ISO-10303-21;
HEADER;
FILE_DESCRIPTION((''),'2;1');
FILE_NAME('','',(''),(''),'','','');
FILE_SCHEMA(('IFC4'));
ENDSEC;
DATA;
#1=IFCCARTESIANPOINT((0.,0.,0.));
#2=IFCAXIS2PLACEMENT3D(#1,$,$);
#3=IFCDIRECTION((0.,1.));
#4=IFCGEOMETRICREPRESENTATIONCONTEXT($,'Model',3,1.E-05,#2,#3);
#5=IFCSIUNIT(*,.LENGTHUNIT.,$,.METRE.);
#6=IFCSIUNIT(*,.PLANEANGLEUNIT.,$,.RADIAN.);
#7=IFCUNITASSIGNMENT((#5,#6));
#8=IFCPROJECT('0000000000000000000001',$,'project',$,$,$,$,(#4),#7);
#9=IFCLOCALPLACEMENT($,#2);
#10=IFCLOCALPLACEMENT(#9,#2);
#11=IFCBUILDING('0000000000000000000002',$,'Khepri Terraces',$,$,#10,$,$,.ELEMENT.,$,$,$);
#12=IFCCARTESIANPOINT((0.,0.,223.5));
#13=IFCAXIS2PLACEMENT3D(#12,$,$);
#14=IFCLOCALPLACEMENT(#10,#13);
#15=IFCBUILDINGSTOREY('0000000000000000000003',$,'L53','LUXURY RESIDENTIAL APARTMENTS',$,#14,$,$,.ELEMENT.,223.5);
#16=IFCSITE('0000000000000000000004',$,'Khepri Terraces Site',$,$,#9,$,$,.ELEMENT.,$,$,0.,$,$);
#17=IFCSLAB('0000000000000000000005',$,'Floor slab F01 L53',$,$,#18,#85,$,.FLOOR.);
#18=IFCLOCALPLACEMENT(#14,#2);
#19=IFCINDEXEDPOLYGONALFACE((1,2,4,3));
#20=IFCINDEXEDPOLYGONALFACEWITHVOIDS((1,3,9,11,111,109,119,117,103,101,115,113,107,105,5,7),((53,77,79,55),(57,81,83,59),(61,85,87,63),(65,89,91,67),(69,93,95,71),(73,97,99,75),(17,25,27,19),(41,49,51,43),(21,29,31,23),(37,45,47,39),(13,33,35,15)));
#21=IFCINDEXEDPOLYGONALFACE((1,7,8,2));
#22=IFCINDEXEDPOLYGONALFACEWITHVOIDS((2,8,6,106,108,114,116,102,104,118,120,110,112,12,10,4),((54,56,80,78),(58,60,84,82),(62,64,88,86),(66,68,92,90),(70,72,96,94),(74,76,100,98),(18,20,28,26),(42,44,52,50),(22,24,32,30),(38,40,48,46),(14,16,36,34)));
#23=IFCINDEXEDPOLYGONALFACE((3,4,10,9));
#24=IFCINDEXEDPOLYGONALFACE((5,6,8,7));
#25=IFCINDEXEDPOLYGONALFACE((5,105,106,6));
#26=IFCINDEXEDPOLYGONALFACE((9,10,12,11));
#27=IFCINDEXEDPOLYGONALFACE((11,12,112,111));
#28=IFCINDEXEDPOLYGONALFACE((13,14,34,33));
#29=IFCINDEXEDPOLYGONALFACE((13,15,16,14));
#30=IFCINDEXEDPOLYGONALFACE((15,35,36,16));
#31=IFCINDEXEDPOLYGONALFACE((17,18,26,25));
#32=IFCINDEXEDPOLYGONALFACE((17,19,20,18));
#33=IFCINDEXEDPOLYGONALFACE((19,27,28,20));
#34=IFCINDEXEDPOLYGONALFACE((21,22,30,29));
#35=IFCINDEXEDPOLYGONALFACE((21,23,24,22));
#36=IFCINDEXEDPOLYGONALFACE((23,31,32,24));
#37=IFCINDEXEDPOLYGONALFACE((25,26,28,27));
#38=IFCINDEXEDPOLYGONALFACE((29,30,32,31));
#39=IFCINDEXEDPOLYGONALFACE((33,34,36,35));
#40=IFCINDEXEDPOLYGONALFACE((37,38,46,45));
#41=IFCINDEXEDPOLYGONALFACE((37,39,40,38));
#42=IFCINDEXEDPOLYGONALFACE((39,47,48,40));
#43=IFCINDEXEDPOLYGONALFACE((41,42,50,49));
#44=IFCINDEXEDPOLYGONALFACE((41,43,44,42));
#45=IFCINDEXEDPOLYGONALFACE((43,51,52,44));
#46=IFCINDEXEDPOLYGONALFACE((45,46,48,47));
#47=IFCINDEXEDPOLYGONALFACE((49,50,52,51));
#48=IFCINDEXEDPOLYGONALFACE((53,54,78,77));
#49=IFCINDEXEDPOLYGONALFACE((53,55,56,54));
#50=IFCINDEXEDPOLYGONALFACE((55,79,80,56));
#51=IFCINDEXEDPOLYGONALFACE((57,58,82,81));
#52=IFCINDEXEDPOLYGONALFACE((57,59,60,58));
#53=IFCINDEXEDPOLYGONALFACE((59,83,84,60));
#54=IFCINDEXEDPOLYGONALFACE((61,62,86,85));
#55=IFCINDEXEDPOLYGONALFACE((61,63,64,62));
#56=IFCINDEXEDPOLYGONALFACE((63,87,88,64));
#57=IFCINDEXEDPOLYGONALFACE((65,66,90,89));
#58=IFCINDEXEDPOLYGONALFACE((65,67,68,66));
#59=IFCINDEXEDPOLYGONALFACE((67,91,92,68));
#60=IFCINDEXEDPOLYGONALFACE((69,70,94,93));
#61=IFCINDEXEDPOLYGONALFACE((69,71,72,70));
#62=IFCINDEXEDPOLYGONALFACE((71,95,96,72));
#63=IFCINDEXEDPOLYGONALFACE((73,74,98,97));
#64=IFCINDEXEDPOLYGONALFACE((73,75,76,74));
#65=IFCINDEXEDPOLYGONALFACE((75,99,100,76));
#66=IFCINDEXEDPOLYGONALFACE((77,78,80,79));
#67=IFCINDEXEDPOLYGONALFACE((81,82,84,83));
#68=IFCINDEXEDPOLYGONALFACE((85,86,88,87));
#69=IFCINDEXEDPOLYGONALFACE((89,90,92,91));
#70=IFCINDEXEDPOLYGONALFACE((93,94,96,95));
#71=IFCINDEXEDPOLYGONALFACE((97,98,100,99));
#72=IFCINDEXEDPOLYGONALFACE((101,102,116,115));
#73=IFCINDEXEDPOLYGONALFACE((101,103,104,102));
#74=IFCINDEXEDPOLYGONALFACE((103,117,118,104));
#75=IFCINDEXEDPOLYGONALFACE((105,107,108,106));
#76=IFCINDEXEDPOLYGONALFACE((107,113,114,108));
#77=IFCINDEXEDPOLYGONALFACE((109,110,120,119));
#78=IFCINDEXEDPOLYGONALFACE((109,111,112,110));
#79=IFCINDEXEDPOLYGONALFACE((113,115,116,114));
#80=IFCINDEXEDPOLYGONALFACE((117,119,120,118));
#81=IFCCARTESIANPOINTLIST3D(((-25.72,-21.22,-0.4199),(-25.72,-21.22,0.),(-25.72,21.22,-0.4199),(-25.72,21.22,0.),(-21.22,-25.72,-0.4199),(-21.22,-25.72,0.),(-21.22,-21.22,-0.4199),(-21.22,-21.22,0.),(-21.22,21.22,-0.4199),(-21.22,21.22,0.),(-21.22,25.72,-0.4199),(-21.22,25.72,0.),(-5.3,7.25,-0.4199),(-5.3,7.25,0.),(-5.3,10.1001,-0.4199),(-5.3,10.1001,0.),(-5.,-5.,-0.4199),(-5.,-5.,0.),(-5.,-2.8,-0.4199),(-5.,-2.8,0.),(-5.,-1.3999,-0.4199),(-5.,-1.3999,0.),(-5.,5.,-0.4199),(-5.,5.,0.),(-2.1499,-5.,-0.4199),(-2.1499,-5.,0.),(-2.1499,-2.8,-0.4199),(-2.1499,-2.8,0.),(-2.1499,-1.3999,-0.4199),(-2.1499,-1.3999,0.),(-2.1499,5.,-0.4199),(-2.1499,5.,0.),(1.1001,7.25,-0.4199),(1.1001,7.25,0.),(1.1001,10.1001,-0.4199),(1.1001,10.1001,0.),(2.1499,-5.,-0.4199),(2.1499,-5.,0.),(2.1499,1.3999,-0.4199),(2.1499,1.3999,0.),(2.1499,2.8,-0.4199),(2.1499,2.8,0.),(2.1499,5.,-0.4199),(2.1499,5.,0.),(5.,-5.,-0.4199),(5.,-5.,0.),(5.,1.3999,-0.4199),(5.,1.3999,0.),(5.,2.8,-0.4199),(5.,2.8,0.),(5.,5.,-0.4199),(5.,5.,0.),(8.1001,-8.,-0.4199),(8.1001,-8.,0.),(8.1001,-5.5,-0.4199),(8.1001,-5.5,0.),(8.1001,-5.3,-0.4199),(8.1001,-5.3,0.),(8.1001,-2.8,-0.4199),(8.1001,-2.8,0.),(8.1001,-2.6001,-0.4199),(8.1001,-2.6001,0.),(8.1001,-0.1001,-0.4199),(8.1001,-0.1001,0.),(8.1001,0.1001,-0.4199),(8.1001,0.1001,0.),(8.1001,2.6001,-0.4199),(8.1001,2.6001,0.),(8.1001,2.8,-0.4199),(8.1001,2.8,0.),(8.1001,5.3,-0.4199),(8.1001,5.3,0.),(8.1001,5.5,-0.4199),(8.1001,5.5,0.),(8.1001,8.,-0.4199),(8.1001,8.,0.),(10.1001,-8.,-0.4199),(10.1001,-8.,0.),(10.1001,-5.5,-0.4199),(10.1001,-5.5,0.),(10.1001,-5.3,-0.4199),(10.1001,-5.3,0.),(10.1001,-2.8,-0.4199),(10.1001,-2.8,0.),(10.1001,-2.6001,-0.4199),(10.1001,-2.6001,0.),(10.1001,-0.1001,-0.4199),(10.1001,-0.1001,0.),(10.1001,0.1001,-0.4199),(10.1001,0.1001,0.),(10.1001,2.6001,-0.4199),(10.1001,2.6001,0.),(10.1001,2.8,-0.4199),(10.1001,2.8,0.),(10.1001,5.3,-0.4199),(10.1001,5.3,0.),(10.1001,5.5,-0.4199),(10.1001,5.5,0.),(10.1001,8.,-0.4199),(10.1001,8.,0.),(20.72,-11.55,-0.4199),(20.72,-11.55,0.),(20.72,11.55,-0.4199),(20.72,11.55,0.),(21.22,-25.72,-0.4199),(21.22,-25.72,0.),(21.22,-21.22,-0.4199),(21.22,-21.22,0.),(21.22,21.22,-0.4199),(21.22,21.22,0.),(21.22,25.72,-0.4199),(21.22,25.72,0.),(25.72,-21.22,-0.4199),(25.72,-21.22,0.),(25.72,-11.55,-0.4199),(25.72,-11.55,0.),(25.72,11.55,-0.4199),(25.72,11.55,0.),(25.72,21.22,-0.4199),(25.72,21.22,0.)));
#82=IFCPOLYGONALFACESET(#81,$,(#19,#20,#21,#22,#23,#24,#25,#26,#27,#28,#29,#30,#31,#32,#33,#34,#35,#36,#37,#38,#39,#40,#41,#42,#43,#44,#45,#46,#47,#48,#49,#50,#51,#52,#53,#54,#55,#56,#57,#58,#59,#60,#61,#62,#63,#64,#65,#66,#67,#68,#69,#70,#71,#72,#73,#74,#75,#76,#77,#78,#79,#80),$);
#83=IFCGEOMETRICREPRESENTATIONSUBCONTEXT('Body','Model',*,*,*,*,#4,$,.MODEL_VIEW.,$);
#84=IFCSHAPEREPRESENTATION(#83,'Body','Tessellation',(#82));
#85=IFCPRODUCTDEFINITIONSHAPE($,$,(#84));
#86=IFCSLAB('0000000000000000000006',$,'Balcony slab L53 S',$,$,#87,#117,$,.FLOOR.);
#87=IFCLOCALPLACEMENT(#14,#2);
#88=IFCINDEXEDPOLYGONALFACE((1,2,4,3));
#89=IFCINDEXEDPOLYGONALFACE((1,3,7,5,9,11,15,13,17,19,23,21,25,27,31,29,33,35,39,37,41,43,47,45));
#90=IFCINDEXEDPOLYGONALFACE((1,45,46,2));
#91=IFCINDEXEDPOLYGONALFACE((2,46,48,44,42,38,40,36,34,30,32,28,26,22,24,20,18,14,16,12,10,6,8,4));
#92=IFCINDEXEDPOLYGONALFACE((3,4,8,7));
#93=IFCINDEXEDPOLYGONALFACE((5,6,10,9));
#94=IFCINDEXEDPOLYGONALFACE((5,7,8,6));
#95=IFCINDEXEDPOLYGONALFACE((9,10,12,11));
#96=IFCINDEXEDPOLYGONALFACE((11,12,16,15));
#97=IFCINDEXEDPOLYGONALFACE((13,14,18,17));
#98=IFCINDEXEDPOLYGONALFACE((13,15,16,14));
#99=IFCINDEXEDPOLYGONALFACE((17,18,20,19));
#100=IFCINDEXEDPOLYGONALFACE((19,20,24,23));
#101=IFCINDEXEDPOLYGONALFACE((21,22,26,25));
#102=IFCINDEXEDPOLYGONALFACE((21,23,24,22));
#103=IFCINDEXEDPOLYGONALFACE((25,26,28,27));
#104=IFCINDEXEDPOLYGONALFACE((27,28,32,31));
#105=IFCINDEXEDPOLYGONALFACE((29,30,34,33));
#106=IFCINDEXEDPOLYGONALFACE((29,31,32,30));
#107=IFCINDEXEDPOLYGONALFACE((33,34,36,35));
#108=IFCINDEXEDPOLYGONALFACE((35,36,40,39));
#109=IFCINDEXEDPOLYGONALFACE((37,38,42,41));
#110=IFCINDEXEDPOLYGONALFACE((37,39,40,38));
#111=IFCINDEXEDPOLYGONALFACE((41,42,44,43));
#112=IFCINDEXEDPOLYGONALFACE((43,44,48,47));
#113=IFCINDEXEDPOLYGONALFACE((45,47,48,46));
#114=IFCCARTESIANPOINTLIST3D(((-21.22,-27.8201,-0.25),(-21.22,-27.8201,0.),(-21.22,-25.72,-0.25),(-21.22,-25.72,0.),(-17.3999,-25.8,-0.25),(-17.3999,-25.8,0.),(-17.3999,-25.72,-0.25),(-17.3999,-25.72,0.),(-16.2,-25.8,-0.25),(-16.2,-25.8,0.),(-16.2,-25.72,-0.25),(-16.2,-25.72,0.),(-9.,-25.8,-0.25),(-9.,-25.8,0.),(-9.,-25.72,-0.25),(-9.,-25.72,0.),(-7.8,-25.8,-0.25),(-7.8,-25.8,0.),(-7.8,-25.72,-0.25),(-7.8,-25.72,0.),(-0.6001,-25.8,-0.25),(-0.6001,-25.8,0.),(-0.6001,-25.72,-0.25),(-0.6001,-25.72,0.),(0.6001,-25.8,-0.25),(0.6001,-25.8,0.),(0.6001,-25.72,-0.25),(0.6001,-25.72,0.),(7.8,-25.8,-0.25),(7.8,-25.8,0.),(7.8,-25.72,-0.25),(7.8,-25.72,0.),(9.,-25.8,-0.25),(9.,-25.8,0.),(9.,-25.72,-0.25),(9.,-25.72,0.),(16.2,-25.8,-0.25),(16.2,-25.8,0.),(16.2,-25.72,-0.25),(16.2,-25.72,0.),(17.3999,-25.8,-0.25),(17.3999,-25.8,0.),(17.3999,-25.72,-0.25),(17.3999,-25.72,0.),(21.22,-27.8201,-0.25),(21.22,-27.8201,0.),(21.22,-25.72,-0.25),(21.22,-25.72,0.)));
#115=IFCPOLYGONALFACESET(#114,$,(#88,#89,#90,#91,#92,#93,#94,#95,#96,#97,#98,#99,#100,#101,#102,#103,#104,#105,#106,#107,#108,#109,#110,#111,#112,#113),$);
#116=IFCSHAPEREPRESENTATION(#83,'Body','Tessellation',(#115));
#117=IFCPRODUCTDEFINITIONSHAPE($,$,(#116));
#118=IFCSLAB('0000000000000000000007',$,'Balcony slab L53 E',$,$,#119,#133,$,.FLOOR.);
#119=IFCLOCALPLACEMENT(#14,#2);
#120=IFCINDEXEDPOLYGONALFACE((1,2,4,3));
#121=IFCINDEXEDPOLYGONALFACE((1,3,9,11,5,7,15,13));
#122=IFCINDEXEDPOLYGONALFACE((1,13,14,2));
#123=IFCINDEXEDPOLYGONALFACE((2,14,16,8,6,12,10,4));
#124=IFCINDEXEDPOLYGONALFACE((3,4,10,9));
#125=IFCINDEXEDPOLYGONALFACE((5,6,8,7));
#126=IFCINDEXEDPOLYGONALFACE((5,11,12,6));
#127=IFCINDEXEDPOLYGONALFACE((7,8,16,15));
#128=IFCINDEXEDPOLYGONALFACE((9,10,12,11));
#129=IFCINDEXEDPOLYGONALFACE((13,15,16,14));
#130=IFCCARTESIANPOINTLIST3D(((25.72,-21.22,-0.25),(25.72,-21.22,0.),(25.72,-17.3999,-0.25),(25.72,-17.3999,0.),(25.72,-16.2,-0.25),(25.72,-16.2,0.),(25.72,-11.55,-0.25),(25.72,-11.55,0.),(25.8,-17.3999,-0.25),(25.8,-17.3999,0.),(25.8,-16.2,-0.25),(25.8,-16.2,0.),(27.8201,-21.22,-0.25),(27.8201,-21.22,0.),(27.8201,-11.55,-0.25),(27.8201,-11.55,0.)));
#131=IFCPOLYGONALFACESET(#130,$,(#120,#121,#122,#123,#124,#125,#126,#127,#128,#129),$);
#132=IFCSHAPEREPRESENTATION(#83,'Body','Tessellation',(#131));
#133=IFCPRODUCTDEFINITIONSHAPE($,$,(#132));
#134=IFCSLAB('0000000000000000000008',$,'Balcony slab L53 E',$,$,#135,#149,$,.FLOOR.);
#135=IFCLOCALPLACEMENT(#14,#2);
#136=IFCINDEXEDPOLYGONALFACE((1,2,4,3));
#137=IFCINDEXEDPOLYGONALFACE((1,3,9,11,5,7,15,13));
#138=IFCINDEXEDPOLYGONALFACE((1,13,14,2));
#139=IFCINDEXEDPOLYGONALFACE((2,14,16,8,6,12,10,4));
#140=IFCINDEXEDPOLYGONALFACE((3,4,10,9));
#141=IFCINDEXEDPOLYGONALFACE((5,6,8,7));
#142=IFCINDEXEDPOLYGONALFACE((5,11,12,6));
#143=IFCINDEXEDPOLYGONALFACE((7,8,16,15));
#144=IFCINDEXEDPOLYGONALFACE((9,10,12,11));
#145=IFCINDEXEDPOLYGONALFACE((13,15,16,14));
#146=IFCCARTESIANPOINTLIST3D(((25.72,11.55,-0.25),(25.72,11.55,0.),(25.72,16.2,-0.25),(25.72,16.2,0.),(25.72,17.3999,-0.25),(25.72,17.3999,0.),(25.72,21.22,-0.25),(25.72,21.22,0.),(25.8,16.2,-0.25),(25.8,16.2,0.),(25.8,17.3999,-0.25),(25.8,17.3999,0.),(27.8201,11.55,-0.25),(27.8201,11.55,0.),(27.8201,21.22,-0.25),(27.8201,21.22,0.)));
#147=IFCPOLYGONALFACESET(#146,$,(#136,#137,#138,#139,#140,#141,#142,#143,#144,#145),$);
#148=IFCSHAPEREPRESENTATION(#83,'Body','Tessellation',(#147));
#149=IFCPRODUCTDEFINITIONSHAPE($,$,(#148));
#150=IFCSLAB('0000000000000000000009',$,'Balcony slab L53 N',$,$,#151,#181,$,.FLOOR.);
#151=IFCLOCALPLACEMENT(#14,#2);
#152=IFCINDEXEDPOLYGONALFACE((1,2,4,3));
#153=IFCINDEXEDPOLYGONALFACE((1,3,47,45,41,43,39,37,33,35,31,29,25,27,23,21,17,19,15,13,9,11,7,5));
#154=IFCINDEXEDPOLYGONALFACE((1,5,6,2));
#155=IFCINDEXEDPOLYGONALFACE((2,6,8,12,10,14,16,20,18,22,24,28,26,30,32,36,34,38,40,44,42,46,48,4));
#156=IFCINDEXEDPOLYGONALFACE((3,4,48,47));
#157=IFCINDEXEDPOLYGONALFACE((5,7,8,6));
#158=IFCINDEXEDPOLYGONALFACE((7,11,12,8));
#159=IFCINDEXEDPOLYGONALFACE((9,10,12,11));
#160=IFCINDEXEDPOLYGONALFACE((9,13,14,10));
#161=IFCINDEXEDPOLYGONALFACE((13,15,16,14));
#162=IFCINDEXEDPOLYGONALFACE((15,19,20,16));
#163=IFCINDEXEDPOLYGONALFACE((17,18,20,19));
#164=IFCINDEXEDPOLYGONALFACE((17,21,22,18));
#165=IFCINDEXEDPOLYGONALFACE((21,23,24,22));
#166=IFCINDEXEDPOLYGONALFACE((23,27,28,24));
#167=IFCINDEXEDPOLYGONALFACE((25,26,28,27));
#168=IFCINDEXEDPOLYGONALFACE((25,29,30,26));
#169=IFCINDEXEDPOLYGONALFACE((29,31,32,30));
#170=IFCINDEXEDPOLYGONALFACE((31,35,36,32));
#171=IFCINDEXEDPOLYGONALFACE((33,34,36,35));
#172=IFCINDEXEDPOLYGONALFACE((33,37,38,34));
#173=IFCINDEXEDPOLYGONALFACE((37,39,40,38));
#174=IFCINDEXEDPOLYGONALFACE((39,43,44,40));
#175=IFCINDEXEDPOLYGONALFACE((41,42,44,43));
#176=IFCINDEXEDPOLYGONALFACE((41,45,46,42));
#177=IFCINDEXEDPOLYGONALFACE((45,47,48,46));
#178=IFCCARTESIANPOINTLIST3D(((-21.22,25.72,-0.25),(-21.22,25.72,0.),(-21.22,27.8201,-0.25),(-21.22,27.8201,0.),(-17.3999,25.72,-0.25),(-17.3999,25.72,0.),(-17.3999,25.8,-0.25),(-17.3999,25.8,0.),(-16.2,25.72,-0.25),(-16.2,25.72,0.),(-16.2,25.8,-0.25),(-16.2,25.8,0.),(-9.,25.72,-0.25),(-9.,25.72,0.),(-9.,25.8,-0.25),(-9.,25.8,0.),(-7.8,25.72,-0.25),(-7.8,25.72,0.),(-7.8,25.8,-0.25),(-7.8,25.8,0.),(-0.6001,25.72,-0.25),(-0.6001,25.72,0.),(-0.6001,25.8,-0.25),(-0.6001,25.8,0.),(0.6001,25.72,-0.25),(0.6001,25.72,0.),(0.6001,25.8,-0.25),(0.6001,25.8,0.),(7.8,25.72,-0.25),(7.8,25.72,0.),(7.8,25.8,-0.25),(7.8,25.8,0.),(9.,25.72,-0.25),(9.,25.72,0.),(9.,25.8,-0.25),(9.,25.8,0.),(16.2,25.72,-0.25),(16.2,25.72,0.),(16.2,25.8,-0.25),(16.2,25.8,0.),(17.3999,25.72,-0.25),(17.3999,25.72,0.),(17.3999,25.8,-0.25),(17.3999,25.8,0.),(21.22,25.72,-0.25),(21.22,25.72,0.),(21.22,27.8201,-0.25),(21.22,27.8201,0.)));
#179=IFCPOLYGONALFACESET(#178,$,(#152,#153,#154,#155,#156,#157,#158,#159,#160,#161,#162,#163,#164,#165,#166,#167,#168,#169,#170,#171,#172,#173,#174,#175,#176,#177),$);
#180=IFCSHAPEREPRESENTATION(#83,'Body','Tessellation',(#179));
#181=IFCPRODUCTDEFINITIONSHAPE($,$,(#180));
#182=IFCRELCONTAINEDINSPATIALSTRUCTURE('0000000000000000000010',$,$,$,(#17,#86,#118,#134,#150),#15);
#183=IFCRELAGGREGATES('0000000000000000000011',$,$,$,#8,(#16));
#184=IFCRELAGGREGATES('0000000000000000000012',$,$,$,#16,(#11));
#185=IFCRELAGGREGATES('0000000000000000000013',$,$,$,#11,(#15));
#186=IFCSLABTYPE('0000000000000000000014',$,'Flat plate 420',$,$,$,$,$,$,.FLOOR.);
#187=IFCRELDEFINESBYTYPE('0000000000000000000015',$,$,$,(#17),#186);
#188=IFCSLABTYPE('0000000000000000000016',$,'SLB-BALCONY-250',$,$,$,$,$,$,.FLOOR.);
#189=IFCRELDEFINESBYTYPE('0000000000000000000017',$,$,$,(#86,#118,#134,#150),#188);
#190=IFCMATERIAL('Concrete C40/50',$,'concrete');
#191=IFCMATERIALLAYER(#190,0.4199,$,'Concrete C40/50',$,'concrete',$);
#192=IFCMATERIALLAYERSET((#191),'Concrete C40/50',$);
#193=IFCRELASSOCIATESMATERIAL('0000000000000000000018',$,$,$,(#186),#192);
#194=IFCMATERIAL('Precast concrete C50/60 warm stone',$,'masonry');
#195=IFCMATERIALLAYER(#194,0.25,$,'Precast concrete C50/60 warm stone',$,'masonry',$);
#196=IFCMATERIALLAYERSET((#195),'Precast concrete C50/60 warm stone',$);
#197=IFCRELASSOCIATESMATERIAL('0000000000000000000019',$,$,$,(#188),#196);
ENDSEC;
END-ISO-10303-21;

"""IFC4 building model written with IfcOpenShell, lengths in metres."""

from ifc_helpers import new_model, si_unit, direction, frame, origin, place, context, subcontext, project, spatial, polyline, outline, extrude, material, layer, layer_set, type_object, element, save


model = new_model("IFC4")

# Units and contexts
model_context = context("Model", 3, precision=1e-05, world=origin(), true_north=direction((0.0, 1.0)))
body_context = subcontext(model_context, "Body", "Model", "MODEL_VIEW")
ifc_project = project(units=[si_unit("LENGTHUNIT", "METRE"), si_unit("PLANEANGLEUNIT", "RADIAN")], contexts=[model_context])

# Site, building, storey
site_placement = place(None, origin())
site = spatial("IfcSite", under=ifc_project, at=site_placement, Name="Khepri Terraces Site", CompositionType="ELEMENT", RefElevation=0.0)
building_placement = place(site_placement, origin())
building = spatial("IfcBuilding", under=site, at=building_placement, Name="Khepri Terraces", CompositionType="ELEMENT")
storey_placement = place(building_placement, frame((0.0, 0.0, 223.5)))
storey = spatial("IfcBuildingStorey", under=building, at=storey_placement, Name="L53", Description="LUXURY RESIDENTIAL APARTMENTS", CompositionType="ELEMENT", Elevation=223.5)

# Slabs
ifc_material_1 = material(Name="Concrete C40/50", Category="concrete")
ifc_layer_1 = layer(ifc_material_1, 0.4199, Name="Concrete C40/50", Category="concrete")
ifc_layer_set_1 = layer_set([ifc_layer_1], Name="Concrete C40/50")
slab_type_1 = type_object("IfcSlabType", Name="Flat plate 420", PredefinedType="FLOOR", material=ifc_layer_set_1)
slab_1_placement = place(storey_placement, frame((0.0, 0.0, -0.4199)))
element("IfcSlab", 1, at=slab_1_placement, inside=storey, type_object=slab_type_1, Name="Floor slab F01 L53", PredefinedType="FLOOR", context=body_context, shape_type="SweptSolid", body=[
    extrude(outline(polyline([(25.72, 11.55), (20.72, 11.55), (20.72, -11.55), (25.72, -11.55), (25.72, -21.22), (21.22, -21.22), (21.22, -25.72), (-21.22, -25.72), (-21.22, -21.22), (-25.72, -21.22), (-25.72, 21.22), (-21.22, 21.22), (-21.22, 25.72), (21.22, 25.72), (21.22, 21.22), (25.72, 21.22), (25.72, 11.55)]), holes=[polyline([(2.1499, 2.8), (5.0, 2.8), (5.0, 5.0), (2.1499, 5.0), (2.1499, 2.8)]), polyline([(-5.0, -2.8), (-5.0, -5.0), (-2.1499, -5.0), (-2.1499, -2.8), (-5.0, -2.8)]), polyline([(10.1001, -5.5), (8.1001, -5.5), (8.1001, -8.0), (10.1001, -8.0), (10.1001, -5.5)]), polyline([(10.1001, -5.3), (10.1001, -2.8), (8.1001, -2.8), (8.1001, -5.3), (10.1001, -5.3)]), polyline([(8.1001, -2.6001), (10.1001, -2.6001), (10.1001, -0.1001), (8.1001, -0.1001), (8.1001, -2.6001)]), polyline([(8.1001, 2.6001), (8.1001, 0.1001), (10.1001, 0.1001), (10.1001, 2.6001), (8.1001, 2.6001)]), polyline([(10.1001, 5.3), (8.1001, 5.3), (8.1001, 2.8), (10.1001, 2.8), (10.1001, 5.3)]), polyline([(10.1001, 5.5), (10.1001, 8.0), (8.1001, 8.0), (8.1001, 5.5), (10.1001, 5.5)]), polyline([(-5.0, -1.3999), (-2.1499, -1.3999), (-2.1499, 5.0), (-5.0, 5.0), (-5.0, -1.3999)]), polyline([(5.0, -5.0), (5.0, 1.3999), (2.1499, 1.3999), (2.1499, -5.0), (5.0, -5.0)]), polyline([(-5.3, 10.1001), (-5.3, 7.25), (1.1001, 7.25), (1.1001, 10.1001), (-5.3, 10.1001)])]), origin(), (0.0, 0.0, 1.0), 0.4199),
])
ifc_material_2 = material(Name="Precast concrete C50/60 warm stone", Category="masonry")
ifc_layer_2 = layer(ifc_material_2, 0.25, Name="Precast concrete C50/60 warm stone", Category="masonry")
ifc_layer_set_2 = layer_set([ifc_layer_2], Name="Precast concrete C50/60 warm stone")
slab_type_2 = type_object("IfcSlabType", Name="SLB-BALCONY-250", PredefinedType="FLOOR", material=ifc_layer_set_2)
slab_2_placement = place(storey_placement, frame((0.0, 0.0, -0.25)))
element("IfcSlab", 2, at=slab_2_placement, inside=storey, type_object=slab_type_2, Name="Balcony slab L53 S", PredefinedType="FLOOR", context=body_context, shape_type="SweptSolid", body=[
    extrude(outline(polyline([(-17.3999, -25.72), (-21.22, -25.72), (-21.22, -27.8201), (21.22, -27.8201), (21.22, -25.72), (17.3999, -25.72), (17.3999, -25.8), (16.2, -25.8), (16.2, -25.72), (9.0, -25.72), (9.0, -25.8), (7.8, -25.8), (7.8, -25.72), (0.6001, -25.72), (0.6001, -25.8), (-0.6001, -25.8), (-0.6001, -25.72), (-7.8, -25.72), (-7.8, -25.8), (-9.0, -25.8), (-9.0, -25.72), (-16.2, -25.72), (-16.2, -25.8), (-17.3999, -25.8), (-17.3999, -25.72)])), origin(), (0.0, 0.0, 1.0), 0.25),
])
slab_3_placement = place(storey_placement, frame((0.0, 0.0, -0.25)))
element("IfcSlab", 3, at=slab_3_placement, inside=storey, type_object=slab_type_2, Name="Balcony slab L53 E", PredefinedType="FLOOR", context=body_context, shape_type="SweptSolid", body=[
    extrude(outline(polyline([(25.72, -17.3999), (25.72, -21.22), (27.8201, -21.22), (27.8201, -11.55), (25.72, -11.55), (25.72, -16.2), (25.8, -16.2), (25.8, -17.3999), (25.72, -17.3999)])), origin(), (0.0, 0.0, 1.0), 0.25),
])
slab_4_placement = place(storey_placement, frame((0.0, 0.0, -0.25)))
element("IfcSlab", 4, at=slab_4_placement, inside=storey, type_object=slab_type_2, Name="Balcony slab L53 E", PredefinedType="FLOOR", context=body_context, shape_type="SweptSolid", body=[
    extrude(outline(polyline([(25.72, 16.2), (25.72, 11.55), (27.8201, 11.55), (27.8201, 21.22), (25.72, 21.22), (25.72, 17.3999), (25.8, 17.3999), (25.8, 16.2), (25.72, 16.2)])), origin(), (0.0, 0.0, 1.0), 0.25),
])
slab_5_placement = place(storey_placement, frame((0.0, 0.0, -0.25)))
element("IfcSlab", 5, at=slab_5_placement, inside=storey, type_object=slab_type_2, Name="Balcony slab L53 N", PredefinedType="FLOOR", context=body_context, shape_type="SweptSolid", body=[
    extrude(outline(polyline([(17.3999, 25.72), (21.22, 25.72), (21.22, 27.8201), (-21.22, 27.8201), (-21.22, 25.72), (-17.3999, 25.72), (-17.3999, 25.8), (-16.2, 25.8), (-16.2, 25.72), (-9.0, 25.72), (-9.0, 25.8), (-7.8, 25.8), (-7.8, 25.72), (-0.6001, 25.72), (-0.6001, 25.8), (0.6001, 25.8), (0.6001, 25.72), (7.8, 25.72), (7.8, 25.8), (9.0, 25.8), (9.0, 25.72), (16.2, 25.72), (16.2, 25.8), (17.3999, 25.8), (17.3999, 25.72)])), origin(), (0.0, 0.0, 1.0), 0.25),
])

save(model, "model.ifc")
